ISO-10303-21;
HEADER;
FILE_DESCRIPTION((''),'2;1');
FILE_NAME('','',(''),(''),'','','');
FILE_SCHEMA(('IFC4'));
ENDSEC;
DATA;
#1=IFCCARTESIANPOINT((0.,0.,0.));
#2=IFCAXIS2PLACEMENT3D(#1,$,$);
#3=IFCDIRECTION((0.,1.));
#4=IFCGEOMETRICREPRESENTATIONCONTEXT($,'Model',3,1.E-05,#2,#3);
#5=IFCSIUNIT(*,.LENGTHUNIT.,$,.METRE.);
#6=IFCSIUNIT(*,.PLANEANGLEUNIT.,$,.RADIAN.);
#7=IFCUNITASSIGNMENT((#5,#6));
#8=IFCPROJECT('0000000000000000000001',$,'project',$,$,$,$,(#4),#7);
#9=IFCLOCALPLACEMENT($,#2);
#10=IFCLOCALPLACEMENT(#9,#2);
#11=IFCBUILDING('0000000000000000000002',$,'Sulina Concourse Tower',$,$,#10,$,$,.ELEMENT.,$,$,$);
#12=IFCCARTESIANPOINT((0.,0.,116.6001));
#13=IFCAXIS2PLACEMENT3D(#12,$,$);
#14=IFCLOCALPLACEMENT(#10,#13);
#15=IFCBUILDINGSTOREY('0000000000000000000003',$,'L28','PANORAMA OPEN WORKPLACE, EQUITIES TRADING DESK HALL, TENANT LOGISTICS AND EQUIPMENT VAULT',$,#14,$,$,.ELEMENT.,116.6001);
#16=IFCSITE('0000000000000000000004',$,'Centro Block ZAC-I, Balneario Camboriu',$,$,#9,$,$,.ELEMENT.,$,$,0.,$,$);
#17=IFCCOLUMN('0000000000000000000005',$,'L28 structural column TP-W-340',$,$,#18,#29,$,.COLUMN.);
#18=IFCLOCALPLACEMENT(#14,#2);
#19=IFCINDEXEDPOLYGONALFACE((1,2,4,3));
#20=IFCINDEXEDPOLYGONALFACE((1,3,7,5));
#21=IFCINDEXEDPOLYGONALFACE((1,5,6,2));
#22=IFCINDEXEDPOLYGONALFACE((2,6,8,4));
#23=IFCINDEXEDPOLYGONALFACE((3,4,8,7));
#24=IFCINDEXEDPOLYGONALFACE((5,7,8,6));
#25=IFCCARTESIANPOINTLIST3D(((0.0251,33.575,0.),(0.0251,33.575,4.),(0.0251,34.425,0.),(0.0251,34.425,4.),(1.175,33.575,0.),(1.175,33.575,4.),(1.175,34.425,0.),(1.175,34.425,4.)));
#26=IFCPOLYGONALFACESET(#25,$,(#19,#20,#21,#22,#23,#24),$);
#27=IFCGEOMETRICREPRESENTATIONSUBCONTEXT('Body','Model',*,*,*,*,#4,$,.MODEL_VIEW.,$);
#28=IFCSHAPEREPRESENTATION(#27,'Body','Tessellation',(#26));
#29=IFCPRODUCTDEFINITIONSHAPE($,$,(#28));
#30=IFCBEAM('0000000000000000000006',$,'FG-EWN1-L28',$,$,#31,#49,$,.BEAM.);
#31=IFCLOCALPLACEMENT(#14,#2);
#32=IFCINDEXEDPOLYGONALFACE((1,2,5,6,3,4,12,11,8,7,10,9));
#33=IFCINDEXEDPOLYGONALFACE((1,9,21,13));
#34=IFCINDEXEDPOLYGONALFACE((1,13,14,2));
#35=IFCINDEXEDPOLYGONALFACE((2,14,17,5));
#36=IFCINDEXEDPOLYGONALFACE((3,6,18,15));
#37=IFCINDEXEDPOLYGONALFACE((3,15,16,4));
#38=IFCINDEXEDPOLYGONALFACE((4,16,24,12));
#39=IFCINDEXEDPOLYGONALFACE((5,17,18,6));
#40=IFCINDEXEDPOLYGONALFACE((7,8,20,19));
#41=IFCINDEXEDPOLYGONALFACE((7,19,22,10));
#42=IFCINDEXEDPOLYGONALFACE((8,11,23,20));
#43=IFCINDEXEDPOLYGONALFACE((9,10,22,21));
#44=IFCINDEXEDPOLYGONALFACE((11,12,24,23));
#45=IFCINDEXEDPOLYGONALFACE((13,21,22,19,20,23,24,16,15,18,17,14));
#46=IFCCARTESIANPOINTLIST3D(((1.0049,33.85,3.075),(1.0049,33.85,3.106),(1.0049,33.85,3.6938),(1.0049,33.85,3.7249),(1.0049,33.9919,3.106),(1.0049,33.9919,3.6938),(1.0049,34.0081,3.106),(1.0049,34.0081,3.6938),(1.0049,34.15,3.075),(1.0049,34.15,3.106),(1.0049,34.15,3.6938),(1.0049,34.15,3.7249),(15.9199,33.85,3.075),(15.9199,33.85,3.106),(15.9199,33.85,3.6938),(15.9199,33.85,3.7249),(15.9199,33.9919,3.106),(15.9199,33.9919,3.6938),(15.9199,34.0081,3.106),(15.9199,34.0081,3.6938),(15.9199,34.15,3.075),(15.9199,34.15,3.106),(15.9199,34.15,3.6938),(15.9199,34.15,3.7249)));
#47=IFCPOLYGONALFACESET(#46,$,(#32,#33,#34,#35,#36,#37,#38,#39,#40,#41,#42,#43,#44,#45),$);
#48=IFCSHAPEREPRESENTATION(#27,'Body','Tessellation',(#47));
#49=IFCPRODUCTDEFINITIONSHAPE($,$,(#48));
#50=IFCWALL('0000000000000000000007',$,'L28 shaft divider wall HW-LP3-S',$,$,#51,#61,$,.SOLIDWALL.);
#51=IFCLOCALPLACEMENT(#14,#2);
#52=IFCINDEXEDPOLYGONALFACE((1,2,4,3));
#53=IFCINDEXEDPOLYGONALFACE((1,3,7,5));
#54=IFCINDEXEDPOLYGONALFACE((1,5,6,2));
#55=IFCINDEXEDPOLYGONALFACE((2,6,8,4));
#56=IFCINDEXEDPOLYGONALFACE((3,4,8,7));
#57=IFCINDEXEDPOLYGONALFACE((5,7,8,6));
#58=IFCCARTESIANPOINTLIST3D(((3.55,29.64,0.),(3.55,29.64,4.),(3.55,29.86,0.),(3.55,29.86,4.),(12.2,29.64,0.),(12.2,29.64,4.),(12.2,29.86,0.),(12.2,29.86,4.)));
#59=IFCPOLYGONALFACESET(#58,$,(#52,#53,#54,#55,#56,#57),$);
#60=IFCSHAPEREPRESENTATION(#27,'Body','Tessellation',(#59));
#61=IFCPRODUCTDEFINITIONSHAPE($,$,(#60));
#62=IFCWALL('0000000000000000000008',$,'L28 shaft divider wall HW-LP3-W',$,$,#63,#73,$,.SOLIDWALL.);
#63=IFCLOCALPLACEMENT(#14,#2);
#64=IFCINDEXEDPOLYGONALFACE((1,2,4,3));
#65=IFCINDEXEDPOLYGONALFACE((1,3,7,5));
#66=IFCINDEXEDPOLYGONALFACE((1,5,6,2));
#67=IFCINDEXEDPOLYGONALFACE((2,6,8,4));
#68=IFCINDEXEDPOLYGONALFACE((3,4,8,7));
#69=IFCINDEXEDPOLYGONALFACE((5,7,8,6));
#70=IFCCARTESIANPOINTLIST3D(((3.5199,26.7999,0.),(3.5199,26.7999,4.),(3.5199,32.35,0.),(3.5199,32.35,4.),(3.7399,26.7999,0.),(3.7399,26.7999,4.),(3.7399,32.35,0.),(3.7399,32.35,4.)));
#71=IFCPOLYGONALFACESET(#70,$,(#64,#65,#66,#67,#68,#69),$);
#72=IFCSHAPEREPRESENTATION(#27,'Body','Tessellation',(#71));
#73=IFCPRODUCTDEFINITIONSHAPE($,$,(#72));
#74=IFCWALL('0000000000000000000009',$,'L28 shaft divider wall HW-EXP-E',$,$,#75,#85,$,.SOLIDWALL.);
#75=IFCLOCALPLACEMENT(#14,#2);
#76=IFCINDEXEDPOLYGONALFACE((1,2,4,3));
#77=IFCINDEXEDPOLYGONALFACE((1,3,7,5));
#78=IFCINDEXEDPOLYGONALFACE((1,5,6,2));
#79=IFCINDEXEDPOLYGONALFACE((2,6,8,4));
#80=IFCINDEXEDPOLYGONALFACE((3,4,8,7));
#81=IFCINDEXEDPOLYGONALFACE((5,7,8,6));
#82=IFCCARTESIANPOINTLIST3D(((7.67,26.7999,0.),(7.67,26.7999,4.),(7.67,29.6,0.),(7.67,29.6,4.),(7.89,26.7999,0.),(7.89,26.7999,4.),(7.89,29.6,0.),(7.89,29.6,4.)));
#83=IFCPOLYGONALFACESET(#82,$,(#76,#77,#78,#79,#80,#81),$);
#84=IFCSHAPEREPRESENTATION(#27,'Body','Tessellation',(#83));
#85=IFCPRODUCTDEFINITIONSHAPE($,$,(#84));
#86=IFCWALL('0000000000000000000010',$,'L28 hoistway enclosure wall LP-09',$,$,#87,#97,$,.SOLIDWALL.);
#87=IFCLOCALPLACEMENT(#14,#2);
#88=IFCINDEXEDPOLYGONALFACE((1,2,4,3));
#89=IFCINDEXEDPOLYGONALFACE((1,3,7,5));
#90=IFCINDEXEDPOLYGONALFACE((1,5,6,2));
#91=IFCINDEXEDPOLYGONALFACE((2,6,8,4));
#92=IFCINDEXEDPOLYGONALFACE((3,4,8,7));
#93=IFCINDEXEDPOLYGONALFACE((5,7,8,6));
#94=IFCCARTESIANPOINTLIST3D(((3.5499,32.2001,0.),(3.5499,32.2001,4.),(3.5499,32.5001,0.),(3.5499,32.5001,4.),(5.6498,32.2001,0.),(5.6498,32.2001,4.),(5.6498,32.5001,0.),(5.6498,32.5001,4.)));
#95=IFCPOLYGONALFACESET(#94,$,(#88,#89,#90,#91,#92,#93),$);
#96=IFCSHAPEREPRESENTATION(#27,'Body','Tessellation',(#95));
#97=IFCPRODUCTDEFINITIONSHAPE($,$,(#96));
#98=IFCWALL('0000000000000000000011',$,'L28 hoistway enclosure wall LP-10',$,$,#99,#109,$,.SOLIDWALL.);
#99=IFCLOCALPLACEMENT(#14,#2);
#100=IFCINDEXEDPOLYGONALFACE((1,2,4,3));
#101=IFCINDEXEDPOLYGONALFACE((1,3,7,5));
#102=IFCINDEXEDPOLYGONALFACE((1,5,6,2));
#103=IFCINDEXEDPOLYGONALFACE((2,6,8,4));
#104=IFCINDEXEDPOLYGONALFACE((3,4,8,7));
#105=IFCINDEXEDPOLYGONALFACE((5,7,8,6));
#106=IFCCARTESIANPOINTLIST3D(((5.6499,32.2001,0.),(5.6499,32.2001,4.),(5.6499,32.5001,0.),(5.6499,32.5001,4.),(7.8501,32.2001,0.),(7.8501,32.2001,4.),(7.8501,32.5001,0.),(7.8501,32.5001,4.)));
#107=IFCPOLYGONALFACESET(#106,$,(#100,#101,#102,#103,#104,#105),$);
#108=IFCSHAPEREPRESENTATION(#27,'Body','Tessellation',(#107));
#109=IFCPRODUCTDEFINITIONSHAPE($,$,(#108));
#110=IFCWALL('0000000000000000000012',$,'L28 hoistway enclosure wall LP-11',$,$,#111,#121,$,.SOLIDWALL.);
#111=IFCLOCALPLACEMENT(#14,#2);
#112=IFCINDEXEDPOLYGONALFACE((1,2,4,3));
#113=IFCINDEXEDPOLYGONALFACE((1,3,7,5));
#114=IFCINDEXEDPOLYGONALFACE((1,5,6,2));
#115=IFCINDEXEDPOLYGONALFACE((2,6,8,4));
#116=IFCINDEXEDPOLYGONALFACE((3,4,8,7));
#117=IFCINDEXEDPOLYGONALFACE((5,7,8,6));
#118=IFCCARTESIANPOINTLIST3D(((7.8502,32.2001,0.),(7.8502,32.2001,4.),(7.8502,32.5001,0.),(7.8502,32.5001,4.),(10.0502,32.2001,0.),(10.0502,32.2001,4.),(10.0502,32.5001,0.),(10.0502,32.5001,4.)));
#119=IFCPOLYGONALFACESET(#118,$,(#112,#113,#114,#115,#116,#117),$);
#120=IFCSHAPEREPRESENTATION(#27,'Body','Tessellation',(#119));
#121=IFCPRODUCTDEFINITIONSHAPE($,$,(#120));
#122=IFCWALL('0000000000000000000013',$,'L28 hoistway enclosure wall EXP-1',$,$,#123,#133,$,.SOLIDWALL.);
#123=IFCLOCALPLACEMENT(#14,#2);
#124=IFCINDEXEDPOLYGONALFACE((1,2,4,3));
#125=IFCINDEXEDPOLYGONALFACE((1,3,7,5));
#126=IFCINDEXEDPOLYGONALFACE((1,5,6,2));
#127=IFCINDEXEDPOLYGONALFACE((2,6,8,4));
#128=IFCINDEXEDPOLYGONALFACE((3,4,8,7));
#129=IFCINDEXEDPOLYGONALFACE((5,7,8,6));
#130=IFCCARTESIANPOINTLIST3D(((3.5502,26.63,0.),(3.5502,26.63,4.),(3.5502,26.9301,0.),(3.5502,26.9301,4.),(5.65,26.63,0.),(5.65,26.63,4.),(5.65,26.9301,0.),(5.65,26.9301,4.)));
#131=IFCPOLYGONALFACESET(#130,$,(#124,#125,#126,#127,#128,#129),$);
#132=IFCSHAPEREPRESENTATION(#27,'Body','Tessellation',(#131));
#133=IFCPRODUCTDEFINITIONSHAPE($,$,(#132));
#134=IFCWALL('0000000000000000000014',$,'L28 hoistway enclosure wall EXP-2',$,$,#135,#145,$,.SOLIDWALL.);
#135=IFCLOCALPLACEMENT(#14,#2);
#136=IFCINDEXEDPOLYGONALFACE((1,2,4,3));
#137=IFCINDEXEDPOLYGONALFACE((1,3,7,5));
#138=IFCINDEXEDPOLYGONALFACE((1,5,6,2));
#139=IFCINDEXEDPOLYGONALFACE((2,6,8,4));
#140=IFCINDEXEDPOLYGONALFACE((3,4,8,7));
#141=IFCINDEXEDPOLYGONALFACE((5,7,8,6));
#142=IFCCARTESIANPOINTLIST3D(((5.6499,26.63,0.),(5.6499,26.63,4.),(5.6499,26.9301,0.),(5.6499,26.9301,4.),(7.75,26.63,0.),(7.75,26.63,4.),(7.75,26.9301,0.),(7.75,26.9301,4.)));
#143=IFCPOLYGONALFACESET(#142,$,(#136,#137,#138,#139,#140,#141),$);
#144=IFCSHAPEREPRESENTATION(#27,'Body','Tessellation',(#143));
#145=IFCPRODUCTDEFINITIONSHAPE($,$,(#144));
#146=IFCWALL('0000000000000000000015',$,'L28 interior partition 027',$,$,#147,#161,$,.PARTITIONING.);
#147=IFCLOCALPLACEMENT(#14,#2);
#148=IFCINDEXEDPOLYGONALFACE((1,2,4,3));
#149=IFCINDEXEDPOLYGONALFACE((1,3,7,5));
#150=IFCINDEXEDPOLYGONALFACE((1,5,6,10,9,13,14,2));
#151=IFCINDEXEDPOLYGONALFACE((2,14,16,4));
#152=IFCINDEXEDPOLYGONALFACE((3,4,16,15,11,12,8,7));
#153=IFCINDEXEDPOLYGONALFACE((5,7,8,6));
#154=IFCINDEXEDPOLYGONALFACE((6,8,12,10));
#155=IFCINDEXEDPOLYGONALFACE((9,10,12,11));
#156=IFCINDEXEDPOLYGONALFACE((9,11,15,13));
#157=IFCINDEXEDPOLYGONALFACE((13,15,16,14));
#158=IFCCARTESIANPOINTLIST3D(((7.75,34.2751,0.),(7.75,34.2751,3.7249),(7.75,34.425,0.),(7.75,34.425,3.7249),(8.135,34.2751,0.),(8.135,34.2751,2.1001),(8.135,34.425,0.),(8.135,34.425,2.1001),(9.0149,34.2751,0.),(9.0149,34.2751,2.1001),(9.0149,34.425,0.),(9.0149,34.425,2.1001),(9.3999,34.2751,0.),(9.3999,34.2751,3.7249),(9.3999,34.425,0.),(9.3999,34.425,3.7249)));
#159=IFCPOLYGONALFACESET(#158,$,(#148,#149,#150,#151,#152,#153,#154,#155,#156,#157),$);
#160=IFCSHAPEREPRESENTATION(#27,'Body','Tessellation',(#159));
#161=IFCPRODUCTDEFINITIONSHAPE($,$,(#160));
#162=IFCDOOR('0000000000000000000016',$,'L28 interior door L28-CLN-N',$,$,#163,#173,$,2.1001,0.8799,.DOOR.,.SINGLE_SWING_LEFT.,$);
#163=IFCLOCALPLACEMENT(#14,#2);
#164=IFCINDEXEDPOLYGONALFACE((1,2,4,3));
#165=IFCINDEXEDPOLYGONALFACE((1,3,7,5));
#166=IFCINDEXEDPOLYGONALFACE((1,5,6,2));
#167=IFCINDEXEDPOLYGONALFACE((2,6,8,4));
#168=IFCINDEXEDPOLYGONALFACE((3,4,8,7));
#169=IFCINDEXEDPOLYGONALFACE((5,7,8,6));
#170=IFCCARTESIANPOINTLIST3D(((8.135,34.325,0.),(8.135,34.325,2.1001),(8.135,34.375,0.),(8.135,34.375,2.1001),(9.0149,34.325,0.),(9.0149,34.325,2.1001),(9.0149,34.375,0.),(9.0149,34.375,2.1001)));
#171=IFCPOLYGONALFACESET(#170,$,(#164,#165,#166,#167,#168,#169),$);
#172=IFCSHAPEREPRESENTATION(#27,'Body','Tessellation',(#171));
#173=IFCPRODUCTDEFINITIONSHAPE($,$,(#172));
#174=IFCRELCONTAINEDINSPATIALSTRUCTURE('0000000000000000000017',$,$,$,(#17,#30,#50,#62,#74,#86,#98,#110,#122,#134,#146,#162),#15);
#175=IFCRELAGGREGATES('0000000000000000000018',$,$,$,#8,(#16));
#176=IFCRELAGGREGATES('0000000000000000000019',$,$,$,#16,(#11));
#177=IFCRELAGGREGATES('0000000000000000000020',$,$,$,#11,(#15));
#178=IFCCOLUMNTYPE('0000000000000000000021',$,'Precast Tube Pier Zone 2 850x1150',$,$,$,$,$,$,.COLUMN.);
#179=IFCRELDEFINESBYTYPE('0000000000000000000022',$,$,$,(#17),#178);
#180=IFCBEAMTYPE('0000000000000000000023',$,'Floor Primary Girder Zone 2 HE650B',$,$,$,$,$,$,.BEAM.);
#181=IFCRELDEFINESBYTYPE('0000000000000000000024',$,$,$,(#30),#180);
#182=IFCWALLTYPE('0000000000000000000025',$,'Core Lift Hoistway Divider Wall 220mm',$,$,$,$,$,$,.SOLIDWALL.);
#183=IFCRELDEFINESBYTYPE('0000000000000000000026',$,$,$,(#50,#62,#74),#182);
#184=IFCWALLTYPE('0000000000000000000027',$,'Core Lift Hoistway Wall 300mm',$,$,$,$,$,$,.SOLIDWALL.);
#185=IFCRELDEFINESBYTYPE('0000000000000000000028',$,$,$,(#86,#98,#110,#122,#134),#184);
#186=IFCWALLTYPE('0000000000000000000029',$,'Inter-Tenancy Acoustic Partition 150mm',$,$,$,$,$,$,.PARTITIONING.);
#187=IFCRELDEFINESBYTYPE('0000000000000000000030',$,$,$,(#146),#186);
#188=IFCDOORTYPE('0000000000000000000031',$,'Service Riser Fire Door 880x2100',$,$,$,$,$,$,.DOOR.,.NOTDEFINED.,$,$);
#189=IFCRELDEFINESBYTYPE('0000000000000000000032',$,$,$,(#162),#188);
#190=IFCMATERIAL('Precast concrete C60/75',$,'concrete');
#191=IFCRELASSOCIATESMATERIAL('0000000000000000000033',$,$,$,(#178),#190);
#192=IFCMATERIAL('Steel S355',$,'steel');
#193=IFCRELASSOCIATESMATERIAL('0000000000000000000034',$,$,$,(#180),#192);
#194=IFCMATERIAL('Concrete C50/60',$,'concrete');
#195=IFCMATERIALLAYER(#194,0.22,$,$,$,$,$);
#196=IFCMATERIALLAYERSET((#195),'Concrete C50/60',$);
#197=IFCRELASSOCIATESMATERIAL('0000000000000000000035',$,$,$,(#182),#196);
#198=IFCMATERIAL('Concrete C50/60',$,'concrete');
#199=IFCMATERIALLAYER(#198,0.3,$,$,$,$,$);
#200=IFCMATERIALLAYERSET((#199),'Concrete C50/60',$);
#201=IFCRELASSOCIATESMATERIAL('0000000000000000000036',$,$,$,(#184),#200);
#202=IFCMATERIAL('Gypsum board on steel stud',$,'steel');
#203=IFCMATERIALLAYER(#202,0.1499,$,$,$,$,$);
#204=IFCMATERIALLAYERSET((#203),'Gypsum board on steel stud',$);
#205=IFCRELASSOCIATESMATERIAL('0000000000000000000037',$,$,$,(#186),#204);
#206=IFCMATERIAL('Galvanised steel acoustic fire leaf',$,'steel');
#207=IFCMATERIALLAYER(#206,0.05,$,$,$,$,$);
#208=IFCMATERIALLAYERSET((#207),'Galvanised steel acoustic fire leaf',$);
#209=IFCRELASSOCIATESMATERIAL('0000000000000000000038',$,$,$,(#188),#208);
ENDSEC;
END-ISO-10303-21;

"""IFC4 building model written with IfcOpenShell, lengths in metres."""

from ifc_helpers import new_model, si_unit, direction, frame, frame_2d, origin, origin_2d, place, context, subcontext, project, spatial, rectangle, i_section, extrude, material, layer, layer_set, material_profile, profile_set, type_object, element, fill, save


model = new_model("IFC4")

# Units and contexts
model_context = context("Model", 3, precision=1e-05, world=origin(), true_north=direction((0.0, 1.0)))
body_context = subcontext(model_context, "Body", "Model", "MODEL_VIEW")
ifc_project = project(units=[si_unit("LENGTHUNIT", "METRE"), si_unit("PLANEANGLEUNIT", "RADIAN")], contexts=[model_context])

# Site, building, storey
site_placement = place(None, origin())
site = spatial("IfcSite", under=ifc_project, at=site_placement, Name="Centro Block ZAC-I, Balneario Camboriu", CompositionType="ELEMENT", RefElevation=0.0)
building_placement = place(site_placement, origin())
building = spatial("IfcBuilding", under=site, at=building_placement, Name="Sulina Concourse Tower", CompositionType="ELEMENT")
storey_placement = place(building_placement, frame((0.0, 0.0, 116.6001)))
storey = spatial("IfcBuildingStorey", under=building, at=storey_placement, Name="L28", Description="PANORAMA OPEN WORKPLACE, EQUITIES TRADING DESK HALL, TENANT LOGISTICS AND EQUIPMENT VAULT", CompositionType="ELEMENT", Elevation=116.6001)

# Column
ifc_material_1 = material(Name="Precast concrete C60/75", Category="concrete")
ifc_material_profile_1 = material_profile(ifc_material_1, rectangle(XDim=0.8501, YDim=1.1499, at=origin_2d()), Name="PC 850x1150")
ifc_profile_set_1 = profile_set([ifc_material_profile_1], Name="Precast concrete C60/75")
column_type = type_object("IfcColumnType", Name="Precast Tube Pier Zone 2 850x1150", PredefinedType="COLUMN", material=ifc_profile_set_1)
column_placement = place(storey_placement, frame((0.6001, 34.0, 0.0), z_axis=(0.0, 0.0, 1.0), x_axis=(0.0, 1.0, 0.0)))
element("IfcColumn", 1, at=column_placement, inside=storey, type_object=column_type, Name="L28 structural column TP-W-340", PredefinedType="COLUMN", context=body_context, shape_type="SweptSolid", body=[
    extrude(rectangle(XDim=0.8501, YDim=1.1499, at=origin_2d()), origin(), (0.0, 0.0, 1.0), 4.0),
])

# Beam
ifc_material_2 = material(Name="Steel S355", Category="steel")
ifc_material_profile_2 = material_profile(ifc_material_2, i_section(OverallWidth=0.3, OverallDepth=0.6499, WebThickness=0.0161, FlangeThickness=0.031, at=origin_2d()), Name="HE 650 B")
ifc_profile_set_2 = profile_set([ifc_material_profile_2], Name="Steel S355")
beam_type = type_object("IfcBeamType", Name="Floor Primary Girder Zone 2 HE650B", PredefinedType="BEAM", material=ifc_profile_set_2)
beam_placement = place(storey_placement, frame((1.0049, 34.0, 3.3999), z_axis=(1.0, 0.0, 0.0), x_axis=(0.0, 1.0, 0.0)))
element("IfcBeam", 2, at=beam_placement, inside=storey, type_object=beam_type, Name="FG-EWN1-L28", PredefinedType="BEAM", context=body_context, shape_type="SweptSolid", body=[
    extrude(i_section(OverallWidth=0.3, OverallDepth=0.6499, WebThickness=0.0161, FlangeThickness=0.031, at=origin_2d()), origin(), (0.0, 0.0, 1.0), 14.915),
])

# Walls
ifc_material_3 = material(Name="Concrete C50/60", Category="concrete")
ifc_layer_1 = layer(ifc_material_3, 0.22)
ifc_layer_set_1 = layer_set([ifc_layer_1], Name="Concrete C50/60")
wall_type_1 = type_object("IfcWallType", Name="Core Lift Hoistway Divider Wall 220mm", PredefinedType="SOLIDWALL", material=ifc_layer_set_1)
wall_1_placement = place(storey_placement, frame((3.55, 29.75, 0.0), z_axis=(0.0, 0.0, 1.0), x_axis=(1.0, 0.0, 0.0)))
element("IfcWall", 3, at=wall_1_placement, inside=storey, type_object=wall_type_1, Name="L28 shaft divider wall HW-LP3-S", PredefinedType="SOLIDWALL", context=body_context, shape_type="SweptSolid", body=[
    extrude(rectangle(XDim=8.6499, YDim=0.22, at=frame_2d((4.325, 0.0))), origin(), (0.0, 0.0, 1.0), 4.0),
])
wall_2_placement = place(storey_placement, frame((3.6299, 26.8, 0.0), z_axis=(0.0, 0.0, 1.0), x_axis=(0.0, 1.0, 0.0)))
element("IfcWall", 4, at=wall_2_placement, inside=storey, type_object=wall_type_1, Name="L28 shaft divider wall HW-LP3-W", PredefinedType="SOLIDWALL", context=body_context, shape_type="SweptSolid", body=[
    extrude(rectangle(XDim=5.55, YDim=0.22, at=frame_2d((2.7749, 0.0))), origin(), (0.0, 0.0, 1.0), 4.0),
])
wall_3_placement = place(storey_placement, frame((7.78, 26.8, 0.0), z_axis=(0.0, 0.0, 1.0), x_axis=(0.0, 1.0, 0.0)))
element("IfcWall", 5, at=wall_3_placement, inside=storey, type_object=wall_type_1, Name="L28 shaft divider wall HW-EXP-E", PredefinedType="SOLIDWALL", context=body_context, shape_type="SweptSolid", body=[
    extrude(rectangle(XDim=2.8, YDim=0.22, at=frame_2d((1.3999, 0.0))), origin(), (0.0, 0.0, 1.0), 4.0),
])
ifc_material_4 = material(Name="Concrete C50/60", Category="concrete")
ifc_layer_2 = layer(ifc_material_4, 0.3)
ifc_layer_set_2 = layer_set([ifc_layer_2], Name="Concrete C50/60")
wall_type_2 = type_object("IfcWallType", Name="Core Lift Hoistway Wall 300mm", PredefinedType="SOLIDWALL", material=ifc_layer_set_2)
wall_4_placement = place(storey_placement, frame((3.55, 32.3501, 0.0), z_axis=(0.0, 0.0, 1.0), x_axis=(1.0, 0.0, 0.0)))
element("IfcWall", 6, at=wall_4_placement, inside=storey, type_object=wall_type_2, Name="L28 hoistway enclosure wall LP-09", PredefinedType="SOLIDWALL", context=body_context, shape_type="SweptSolid", body=[
    extrude(rectangle(XDim=2.0999, YDim=0.3, at=frame_2d((1.0498, 0.0))), origin(), (0.0, 0.0, 1.0), 4.0),
])
wall_5_placement = place(storey_placement, frame((5.6499, 32.3501, 0.0), z_axis=(0.0, 0.0, 1.0), x_axis=(1.0, 0.0, 0.0)))
element("IfcWall", 7, at=wall_5_placement, inside=storey, type_object=wall_type_2, Name="L28 hoistway enclosure wall LP-10", PredefinedType="SOLIDWALL", context=body_context, shape_type="SweptSolid", body=[
    extrude(rectangle(XDim=2.2002, YDim=0.3, at=frame_2d((1.1001, 0.0))), origin(), (0.0, 0.0, 1.0), 4.0),
])
wall_6_placement = place(storey_placement, frame((7.8501, 32.3501, 0.0), z_axis=(0.0, 0.0, 1.0), x_axis=(1.0, 0.0, 0.0)))
element("IfcWall", 8, at=wall_6_placement, inside=storey, type_object=wall_type_2, Name="L28 hoistway enclosure wall LP-11", PredefinedType="SOLIDWALL", context=body_context, shape_type="SweptSolid", body=[
    extrude(rectangle(XDim=2.2, YDim=0.3, at=frame_2d((1.1001, 0.0))), origin(), (0.0, 0.0, 1.0), 4.0),
])
wall_7_placement = place(storey_placement, frame((5.6499, 26.78, 0.0), z_axis=(0.0, 0.0, 1.0), x_axis=(-1.0, 0.0, 0.0)))
element("IfcWall", 9, at=wall_7_placement, inside=storey, type_object=wall_type_2, Name="L28 hoistway enclosure wall EXP-1", PredefinedType="SOLIDWALL", context=body_context, shape_type="SweptSolid", body=[
    extrude(rectangle(XDim=2.0999, YDim=0.3, at=frame_2d((1.0498, 0.0))), origin(), (0.0, 0.0, 1.0), 4.0),
])
wall_8_placement = place(storey_placement, frame((7.75, 26.78, 0.0), z_axis=(0.0, 0.0, 1.0), x_axis=(-1.0, 0.0, 0.0)))
element("IfcWall", 10, at=wall_8_placement, inside=storey, type_object=wall_type_2, Name="L28 hoistway enclosure wall EXP-2", PredefinedType="SOLIDWALL", context=body_context, shape_type="SweptSolid", body=[
    extrude(rectangle(XDim=2.1001, YDim=0.3, at=frame_2d((1.05, 0.0))), origin(), (0.0, 0.0, 1.0), 4.0),
])

# Wall, opening, door
ifc_material_5 = material(Name="Gypsum board on steel stud", Category="steel")
ifc_layer_3 = layer(ifc_material_5, 0.1499)
ifc_layer_set_3 = layer_set([ifc_layer_3], Name="Gypsum board on steel stud")
wall_type_3 = type_object("IfcWallType", Name="Inter-Tenancy Acoustic Partition 150mm", PredefinedType="PARTITIONING", material=ifc_layer_set_3)
wall_9_placement = place(storey_placement, frame((7.75, 34.3501, 0.0), z_axis=(0.0, 0.0, 1.0), x_axis=(1.0, 0.0, 0.0)))
wall_9 = element("IfcWall", 11, at=wall_9_placement, inside=storey, type_object=wall_type_3, Name="L28 interior partition 027", PredefinedType="PARTITIONING", context=body_context, shape_type="SweptSolid", body=[
    extrude(rectangle(XDim=1.6499, YDim=0.1499, at=frame_2d((0.825, 0.0))), origin(), (0.0, 0.0, 1.0), 3.7249),
])
opening_1_placement = place(wall_9_placement, frame((0.385, 0.0, 0.0)))
opening_1 = element("IfcOpeningElement", 12, at=opening_1_placement, cuts=wall_9, PredefinedType="OPENING", context=body_context, shape_type="SweptSolid", body=[
    extrude(rectangle(XDim=0.8799, YDim=2.1001, at=frame_2d((0.4399, 1.05))), frame((0.0, 0.085, 0.0), z_axis=(0.0, -1.0, 0.0), x_axis=(1.0, 0.0, 0.0)), (0.0, 0.0, 1.0), 0.1699),
])
ifc_material_6 = material(Name="Galvanised steel acoustic fire leaf", Category="steel")
ifc_layer_4 = layer(ifc_material_6, 0.05)
ifc_layer_set_4 = layer_set([ifc_layer_4], Name="Galvanised steel acoustic fire leaf")
door_type_1 = type_object("IfcDoorType", Name="Service Riser Fire Door 880x2100", OperationType="NOTDEFINED", PredefinedType="DOOR", material=ifc_layer_set_4)
door_1_placement = place(opening_1_placement, origin())
door_1 = element("IfcDoor", 13, at=door_1_placement, inside=storey, type_object=door_type_1, Name="L28 interior door L28-CLN-N", OperationType="SINGLE_SWING_LEFT", OverallHeight=2.1001, OverallWidth=0.8799, PredefinedType="DOOR", context=body_context, shape_type="SweptSolid", body=[
    extrude(rectangle(XDim=0.8799, YDim=2.1001, at=frame_2d((0.4399, 1.05))), frame((0.0, 0.0249, 0.0), z_axis=(0.0, -1.0, 0.0), x_axis=(1.0, 0.0, 0.0)), (0.0, 0.0, 1.0), 0.05),
])
fill(opening_1, door_1)

save(model, "model.ifc")
